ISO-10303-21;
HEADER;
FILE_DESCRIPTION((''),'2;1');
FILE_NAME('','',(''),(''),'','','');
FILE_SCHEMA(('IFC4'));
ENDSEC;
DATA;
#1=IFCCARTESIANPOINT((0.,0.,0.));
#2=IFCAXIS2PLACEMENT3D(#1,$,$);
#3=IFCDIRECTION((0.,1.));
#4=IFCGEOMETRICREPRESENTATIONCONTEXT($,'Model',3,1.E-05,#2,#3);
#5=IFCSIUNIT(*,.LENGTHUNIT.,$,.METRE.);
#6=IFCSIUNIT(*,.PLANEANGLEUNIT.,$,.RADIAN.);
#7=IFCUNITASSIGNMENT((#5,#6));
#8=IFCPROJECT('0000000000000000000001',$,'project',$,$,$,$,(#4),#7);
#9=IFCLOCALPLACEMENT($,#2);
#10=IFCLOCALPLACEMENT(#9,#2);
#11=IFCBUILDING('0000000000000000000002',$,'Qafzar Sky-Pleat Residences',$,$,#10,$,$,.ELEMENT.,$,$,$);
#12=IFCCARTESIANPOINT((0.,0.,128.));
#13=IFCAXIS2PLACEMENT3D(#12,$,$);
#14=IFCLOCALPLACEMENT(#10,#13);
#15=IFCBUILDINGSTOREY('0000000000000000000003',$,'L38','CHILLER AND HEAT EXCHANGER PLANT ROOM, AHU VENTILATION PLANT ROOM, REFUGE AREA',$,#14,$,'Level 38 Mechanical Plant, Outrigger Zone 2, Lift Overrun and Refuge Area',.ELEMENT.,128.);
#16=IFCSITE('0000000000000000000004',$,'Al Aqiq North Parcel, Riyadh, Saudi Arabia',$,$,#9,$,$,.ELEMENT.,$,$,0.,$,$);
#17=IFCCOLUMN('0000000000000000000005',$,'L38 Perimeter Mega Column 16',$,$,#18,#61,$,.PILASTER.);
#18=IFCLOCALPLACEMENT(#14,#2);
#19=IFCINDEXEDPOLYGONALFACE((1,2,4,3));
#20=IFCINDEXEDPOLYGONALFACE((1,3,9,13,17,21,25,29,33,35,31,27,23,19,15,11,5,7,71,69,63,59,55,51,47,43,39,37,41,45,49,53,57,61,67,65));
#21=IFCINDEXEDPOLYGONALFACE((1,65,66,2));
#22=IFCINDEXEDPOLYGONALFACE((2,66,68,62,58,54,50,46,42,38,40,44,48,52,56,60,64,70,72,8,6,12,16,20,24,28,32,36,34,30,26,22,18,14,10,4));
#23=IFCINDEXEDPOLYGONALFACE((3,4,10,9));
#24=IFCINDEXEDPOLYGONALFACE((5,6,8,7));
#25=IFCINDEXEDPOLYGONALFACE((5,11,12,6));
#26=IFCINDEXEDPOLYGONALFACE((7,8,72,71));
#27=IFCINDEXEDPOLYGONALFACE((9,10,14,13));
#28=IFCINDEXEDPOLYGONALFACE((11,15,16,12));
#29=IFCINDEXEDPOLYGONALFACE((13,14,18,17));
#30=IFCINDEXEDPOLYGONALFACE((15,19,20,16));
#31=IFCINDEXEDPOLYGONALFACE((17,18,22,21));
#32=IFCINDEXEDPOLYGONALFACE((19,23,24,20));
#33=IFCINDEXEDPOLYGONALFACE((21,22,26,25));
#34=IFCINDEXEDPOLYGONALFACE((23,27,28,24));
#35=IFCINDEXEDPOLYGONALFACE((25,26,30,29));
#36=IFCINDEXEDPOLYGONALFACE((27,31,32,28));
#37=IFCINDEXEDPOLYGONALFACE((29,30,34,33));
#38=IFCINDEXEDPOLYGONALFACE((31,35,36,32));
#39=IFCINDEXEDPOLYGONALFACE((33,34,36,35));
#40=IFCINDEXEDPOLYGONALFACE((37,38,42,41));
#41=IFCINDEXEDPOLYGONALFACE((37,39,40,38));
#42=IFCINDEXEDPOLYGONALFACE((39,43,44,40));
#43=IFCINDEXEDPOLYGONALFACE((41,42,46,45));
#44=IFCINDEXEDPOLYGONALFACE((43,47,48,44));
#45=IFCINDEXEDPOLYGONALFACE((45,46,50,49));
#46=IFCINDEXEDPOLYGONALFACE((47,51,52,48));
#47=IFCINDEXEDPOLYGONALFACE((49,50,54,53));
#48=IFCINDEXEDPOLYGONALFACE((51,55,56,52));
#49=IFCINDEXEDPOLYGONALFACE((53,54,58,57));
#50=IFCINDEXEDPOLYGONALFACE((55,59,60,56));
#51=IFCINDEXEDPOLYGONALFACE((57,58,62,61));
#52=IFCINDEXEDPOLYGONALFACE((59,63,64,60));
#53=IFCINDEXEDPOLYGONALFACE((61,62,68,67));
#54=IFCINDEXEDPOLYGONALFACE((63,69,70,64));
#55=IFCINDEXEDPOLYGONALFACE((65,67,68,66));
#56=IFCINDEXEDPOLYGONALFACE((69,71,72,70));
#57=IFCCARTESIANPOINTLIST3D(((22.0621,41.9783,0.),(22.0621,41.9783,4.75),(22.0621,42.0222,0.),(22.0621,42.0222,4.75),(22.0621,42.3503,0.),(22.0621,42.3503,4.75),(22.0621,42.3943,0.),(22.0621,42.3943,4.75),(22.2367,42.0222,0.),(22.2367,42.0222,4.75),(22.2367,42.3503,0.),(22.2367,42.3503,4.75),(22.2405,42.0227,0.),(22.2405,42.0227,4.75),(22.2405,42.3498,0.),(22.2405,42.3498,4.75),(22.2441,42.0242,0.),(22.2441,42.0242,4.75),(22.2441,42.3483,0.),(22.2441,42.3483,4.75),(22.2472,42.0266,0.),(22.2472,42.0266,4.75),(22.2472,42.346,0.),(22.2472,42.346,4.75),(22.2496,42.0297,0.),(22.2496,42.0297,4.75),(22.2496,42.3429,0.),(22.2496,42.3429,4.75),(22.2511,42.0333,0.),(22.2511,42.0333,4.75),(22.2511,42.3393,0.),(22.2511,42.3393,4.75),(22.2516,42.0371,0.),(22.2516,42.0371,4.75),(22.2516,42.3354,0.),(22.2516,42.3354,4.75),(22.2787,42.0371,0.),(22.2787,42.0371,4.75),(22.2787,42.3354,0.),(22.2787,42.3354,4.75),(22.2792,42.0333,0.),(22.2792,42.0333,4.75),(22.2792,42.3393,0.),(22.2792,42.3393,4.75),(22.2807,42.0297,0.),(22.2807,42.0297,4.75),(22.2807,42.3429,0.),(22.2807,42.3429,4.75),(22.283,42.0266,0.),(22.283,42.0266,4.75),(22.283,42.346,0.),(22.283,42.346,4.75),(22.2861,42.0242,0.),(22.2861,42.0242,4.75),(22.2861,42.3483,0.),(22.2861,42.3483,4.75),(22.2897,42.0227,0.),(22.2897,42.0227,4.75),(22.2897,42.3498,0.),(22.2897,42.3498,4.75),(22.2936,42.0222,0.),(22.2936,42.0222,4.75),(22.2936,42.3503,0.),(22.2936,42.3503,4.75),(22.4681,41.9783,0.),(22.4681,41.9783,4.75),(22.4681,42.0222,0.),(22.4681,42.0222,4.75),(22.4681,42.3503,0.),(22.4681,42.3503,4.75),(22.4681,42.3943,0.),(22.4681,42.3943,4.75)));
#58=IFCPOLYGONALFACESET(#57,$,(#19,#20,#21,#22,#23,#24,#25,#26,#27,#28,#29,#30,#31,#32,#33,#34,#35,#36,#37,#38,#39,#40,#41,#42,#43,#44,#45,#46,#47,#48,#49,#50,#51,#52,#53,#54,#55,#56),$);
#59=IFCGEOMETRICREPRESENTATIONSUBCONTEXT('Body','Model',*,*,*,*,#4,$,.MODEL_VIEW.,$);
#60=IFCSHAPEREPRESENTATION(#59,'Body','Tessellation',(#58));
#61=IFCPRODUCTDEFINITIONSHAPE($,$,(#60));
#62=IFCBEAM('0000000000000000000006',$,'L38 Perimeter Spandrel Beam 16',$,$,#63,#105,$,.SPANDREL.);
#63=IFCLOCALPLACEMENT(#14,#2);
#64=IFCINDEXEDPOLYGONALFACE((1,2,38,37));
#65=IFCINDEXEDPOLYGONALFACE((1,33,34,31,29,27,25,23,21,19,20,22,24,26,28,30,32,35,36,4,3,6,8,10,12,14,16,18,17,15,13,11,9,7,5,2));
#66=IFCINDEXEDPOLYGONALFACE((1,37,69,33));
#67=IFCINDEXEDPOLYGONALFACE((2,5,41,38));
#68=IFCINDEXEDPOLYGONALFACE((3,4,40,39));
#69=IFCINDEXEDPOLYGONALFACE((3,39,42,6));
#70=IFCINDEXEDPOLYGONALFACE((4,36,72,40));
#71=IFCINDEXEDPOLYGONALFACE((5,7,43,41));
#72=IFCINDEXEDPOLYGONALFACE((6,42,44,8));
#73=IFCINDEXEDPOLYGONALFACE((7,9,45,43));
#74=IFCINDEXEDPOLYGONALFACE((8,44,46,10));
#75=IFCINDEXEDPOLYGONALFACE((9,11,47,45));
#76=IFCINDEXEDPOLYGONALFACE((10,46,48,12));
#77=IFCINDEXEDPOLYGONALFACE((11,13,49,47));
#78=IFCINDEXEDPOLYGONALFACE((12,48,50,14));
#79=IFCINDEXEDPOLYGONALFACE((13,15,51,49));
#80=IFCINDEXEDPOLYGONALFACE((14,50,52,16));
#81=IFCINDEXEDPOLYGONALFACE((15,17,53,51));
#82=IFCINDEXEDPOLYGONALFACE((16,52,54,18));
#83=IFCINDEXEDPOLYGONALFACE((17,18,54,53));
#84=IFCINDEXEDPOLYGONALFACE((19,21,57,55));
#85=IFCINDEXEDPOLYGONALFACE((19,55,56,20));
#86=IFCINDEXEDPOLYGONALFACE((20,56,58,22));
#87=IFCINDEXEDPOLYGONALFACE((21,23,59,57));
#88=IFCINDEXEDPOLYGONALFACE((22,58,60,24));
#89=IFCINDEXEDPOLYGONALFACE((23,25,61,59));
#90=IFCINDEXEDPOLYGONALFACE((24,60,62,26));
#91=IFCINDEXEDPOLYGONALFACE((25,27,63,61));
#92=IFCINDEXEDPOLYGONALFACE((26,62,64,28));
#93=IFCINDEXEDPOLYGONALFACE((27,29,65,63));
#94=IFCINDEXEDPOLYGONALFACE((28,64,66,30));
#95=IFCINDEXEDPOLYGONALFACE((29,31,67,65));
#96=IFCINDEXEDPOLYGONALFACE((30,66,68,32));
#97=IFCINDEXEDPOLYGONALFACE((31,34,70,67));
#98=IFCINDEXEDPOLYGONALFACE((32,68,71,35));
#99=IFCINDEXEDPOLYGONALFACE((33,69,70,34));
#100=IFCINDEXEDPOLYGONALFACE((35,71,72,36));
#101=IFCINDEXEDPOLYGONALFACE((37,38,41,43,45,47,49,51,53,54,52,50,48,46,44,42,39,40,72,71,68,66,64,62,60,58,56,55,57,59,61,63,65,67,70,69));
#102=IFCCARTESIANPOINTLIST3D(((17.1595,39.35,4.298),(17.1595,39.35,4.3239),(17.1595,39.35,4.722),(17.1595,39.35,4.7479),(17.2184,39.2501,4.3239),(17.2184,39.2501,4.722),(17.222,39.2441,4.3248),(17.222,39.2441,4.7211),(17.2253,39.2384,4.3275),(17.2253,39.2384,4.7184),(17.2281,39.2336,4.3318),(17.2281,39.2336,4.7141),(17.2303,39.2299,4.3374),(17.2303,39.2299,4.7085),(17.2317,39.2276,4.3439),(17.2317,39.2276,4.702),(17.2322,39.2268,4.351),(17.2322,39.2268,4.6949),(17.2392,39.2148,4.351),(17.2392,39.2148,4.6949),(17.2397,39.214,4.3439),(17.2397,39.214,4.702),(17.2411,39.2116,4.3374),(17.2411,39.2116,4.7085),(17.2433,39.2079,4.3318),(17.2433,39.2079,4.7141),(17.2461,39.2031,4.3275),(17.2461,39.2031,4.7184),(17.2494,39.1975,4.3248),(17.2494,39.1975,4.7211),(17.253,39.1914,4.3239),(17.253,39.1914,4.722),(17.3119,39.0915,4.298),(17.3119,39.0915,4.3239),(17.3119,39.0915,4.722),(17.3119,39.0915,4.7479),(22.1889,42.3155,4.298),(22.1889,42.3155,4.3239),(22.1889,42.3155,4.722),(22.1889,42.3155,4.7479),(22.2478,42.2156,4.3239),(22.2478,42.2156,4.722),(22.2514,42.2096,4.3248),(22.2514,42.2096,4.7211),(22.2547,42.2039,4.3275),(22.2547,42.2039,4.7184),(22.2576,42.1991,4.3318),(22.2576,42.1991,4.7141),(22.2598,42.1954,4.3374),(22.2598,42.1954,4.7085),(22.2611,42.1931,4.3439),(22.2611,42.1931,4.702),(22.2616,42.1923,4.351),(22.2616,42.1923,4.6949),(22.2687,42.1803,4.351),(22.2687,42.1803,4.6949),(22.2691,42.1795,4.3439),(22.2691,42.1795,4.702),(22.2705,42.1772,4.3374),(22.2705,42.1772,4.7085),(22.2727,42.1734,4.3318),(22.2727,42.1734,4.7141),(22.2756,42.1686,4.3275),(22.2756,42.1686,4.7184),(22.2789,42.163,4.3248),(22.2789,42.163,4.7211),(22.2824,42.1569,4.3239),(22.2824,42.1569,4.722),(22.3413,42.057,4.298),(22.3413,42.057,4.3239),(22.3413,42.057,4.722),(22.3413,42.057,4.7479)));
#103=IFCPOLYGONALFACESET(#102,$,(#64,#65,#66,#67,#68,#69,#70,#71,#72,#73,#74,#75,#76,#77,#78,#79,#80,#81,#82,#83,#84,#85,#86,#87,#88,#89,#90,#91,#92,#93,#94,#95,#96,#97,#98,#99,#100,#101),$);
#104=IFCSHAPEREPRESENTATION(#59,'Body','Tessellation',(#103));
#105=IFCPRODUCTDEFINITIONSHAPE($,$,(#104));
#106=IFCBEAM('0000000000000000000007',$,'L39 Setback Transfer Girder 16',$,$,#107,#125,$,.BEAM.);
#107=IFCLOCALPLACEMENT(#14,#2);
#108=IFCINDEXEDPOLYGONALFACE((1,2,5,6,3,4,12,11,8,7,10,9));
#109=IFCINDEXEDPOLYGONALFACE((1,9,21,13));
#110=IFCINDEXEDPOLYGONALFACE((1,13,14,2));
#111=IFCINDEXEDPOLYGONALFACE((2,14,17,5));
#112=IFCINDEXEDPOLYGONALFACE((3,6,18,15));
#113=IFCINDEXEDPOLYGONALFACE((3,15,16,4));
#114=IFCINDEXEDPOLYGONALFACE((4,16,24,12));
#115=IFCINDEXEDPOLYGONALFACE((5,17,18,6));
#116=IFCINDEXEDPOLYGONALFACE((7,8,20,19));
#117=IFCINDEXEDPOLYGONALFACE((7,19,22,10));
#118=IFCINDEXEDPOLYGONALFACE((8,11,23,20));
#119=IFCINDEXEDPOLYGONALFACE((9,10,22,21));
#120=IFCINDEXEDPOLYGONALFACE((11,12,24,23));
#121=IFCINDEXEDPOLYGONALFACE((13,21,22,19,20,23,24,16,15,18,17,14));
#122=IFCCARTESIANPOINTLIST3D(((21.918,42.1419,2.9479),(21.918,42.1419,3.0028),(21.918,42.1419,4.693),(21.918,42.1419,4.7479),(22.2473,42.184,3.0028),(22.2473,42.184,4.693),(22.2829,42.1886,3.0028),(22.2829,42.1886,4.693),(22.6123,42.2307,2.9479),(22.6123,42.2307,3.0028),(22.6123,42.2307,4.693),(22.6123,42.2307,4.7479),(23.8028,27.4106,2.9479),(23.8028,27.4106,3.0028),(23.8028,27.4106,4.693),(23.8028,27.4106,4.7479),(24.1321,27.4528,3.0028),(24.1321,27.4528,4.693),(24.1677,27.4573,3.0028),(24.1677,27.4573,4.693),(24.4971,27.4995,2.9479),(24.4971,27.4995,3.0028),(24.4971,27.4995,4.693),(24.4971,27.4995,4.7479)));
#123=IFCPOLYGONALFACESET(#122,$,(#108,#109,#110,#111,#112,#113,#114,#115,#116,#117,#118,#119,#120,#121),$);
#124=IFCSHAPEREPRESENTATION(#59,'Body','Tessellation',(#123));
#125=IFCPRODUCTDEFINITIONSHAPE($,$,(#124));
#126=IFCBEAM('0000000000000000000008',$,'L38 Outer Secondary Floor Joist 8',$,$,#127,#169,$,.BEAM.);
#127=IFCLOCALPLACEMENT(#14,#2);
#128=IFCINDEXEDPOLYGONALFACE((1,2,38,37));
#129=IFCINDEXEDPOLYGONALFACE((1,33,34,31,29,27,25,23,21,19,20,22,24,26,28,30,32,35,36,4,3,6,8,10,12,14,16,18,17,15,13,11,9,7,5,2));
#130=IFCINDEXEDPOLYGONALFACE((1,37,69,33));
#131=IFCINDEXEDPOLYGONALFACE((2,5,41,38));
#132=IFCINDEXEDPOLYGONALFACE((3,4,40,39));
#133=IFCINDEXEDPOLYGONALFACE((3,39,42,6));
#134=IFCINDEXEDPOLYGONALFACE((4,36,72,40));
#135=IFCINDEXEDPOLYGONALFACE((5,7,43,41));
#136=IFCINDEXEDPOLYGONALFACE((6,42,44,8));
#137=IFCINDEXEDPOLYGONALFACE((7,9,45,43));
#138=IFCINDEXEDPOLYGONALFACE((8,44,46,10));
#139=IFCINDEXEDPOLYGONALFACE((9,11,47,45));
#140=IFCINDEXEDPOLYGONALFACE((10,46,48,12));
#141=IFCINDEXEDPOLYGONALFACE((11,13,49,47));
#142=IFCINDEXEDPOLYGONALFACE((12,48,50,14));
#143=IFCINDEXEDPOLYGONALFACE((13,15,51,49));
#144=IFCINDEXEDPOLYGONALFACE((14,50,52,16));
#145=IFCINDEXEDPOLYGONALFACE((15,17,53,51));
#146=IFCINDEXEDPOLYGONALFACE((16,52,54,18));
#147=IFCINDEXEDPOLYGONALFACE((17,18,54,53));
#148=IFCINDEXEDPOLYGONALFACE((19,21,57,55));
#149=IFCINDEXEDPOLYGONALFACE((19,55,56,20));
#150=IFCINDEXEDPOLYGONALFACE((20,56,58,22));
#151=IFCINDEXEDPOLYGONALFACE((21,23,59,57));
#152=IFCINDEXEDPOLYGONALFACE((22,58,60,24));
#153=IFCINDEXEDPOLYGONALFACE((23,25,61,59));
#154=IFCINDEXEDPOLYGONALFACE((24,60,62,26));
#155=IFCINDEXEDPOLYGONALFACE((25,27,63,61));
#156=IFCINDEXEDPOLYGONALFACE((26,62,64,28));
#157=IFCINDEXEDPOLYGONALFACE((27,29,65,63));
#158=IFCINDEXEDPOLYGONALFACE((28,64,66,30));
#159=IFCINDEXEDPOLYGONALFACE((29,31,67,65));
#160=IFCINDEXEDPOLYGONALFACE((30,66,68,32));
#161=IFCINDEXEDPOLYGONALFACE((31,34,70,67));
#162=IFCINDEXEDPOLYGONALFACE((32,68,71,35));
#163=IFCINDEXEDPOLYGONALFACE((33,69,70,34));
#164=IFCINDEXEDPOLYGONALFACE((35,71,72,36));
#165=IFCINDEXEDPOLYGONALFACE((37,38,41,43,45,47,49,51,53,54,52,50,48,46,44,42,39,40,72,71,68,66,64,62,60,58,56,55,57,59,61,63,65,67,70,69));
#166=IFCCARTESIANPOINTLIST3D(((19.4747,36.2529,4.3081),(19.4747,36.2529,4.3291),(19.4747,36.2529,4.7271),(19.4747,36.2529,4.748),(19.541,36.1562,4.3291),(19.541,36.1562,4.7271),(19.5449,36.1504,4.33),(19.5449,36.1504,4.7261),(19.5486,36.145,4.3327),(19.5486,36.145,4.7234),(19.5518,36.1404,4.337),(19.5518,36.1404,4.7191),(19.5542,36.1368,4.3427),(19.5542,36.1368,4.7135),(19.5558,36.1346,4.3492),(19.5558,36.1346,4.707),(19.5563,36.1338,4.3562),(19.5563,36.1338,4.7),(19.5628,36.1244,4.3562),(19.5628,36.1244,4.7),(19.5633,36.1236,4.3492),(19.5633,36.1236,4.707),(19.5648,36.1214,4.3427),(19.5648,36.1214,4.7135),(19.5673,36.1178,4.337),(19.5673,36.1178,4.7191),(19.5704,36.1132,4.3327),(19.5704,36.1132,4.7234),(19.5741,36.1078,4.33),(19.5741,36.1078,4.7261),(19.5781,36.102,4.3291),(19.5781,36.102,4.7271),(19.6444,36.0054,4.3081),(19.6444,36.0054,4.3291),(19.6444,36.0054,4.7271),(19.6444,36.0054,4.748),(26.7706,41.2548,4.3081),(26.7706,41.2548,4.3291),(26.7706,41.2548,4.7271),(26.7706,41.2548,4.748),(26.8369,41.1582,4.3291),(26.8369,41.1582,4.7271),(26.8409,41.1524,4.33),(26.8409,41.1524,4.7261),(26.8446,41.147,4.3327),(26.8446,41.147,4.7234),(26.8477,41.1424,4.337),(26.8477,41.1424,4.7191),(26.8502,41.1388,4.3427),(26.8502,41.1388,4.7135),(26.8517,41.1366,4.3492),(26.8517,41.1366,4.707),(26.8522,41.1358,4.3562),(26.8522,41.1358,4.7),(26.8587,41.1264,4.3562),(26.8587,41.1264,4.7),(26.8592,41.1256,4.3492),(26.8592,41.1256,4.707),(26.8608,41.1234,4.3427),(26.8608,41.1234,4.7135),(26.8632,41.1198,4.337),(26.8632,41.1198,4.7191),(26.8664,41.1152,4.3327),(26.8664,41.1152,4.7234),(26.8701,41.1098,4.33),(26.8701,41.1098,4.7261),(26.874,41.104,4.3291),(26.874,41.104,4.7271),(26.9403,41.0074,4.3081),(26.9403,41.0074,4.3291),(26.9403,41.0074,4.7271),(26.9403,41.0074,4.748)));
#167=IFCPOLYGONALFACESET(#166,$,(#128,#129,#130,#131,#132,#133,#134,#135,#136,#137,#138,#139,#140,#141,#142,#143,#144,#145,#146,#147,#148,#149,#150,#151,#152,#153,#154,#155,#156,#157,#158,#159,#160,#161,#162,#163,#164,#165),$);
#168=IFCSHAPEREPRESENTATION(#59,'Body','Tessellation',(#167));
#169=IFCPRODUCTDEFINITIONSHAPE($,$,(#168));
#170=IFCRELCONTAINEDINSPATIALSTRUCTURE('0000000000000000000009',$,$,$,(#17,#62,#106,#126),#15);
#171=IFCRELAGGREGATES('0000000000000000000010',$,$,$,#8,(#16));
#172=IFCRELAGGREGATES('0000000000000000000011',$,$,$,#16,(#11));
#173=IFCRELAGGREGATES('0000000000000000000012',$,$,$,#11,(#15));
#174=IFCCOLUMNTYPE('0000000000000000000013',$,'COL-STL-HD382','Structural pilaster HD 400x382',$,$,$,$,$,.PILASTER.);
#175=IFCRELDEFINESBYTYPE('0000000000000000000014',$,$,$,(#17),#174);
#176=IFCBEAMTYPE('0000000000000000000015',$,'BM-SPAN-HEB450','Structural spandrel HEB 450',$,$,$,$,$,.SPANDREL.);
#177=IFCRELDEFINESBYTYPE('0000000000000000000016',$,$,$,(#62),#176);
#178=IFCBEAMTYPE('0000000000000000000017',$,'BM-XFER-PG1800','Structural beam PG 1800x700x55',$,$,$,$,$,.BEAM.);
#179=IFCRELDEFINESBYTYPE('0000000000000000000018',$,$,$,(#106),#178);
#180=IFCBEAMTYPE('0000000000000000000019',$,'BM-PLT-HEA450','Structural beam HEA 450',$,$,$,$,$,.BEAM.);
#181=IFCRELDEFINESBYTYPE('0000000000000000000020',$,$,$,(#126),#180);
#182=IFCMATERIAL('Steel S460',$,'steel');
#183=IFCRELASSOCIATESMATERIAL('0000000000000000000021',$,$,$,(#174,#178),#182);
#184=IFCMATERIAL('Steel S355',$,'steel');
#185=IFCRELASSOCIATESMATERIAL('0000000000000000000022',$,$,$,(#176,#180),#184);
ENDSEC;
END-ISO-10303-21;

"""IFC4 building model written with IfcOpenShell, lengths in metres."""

from ifc_helpers import new_model, si_unit, direction, frame, origin, origin_2d, place, context, subcontext, project, spatial, i_section, extrude, source, transform, mapped, material, material_profile, profile_set, type_object, element, save


model = new_model("IFC4")

# Units and contexts
model_context = context("Model", 3, precision=1e-05, world=origin(), true_north=direction((0.0, 1.0)))
body_context = subcontext(model_context, "Body", "Model", "MODEL_VIEW")
ifc_project = project(units=[si_unit("LENGTHUNIT", "METRE"), si_unit("PLANEANGLEUNIT", "RADIAN")], contexts=[model_context])

# Site, building, storey
site_placement = place(None, origin())
site = spatial("IfcSite", under=ifc_project, at=site_placement, Name="Al Aqiq North Parcel, Riyadh, Saudi Arabia", CompositionType="ELEMENT", RefElevation=0.0)
building_placement = place(site_placement, origin())
building = spatial("IfcBuilding", under=site, at=building_placement, Name="Qafzar Sky-Pleat Residences", CompositionType="ELEMENT")
storey_placement = place(building_placement, frame((0.0, 0.0, 128.0)))
storey = spatial("IfcBuildingStorey", under=building, at=storey_placement, Name="L38", Description="CHILLER AND HEAT EXCHANGER PLANT ROOM, AHU VENTILATION PLANT ROOM, REFUGE AREA", LongName="Level 38 Mechanical Plant, Outrigger Zone 2, Lift Overrun and Refuge Area", CompositionType="ELEMENT", Elevation=128.0)

# Column
ifc_material_1 = material(Name="Steel S460", Category="steel")
ifc_material_profile_1 = material_profile(ifc_material_1, i_section(OverallWidth=0.406, OverallDepth=0.416, WebThickness=0.0271, FlangeThickness=0.0439, FilletRadius=0.0149, at=origin_2d()), Name="HD 400x382")
ifc_profile_set_1 = profile_set([ifc_material_profile_1], Name="Steel S460")
column_type = type_object("IfcColumnType", Name="COL-STL-HD382", Description="Structural pilaster HD 400x382", PredefinedType="PILASTER", material=ifc_profile_set_1)
shared_shape_1 = source(origin(), body_context, "Body", "SweptSolid", [
    extrude(i_section(OverallWidth=0.406, OverallDepth=0.416, WebThickness=0.0271, FlangeThickness=0.0439, FilletRadius=0.0149, at=origin_2d()), origin(), (0.0, 0.0, 1.0), 4.75),
])
column_placement = place(storey_placement, frame((22.2651, 42.1863, 0.0), z_axis=(0.0, 0.0, 1.0), x_axis=(1.0, 0.0, 0.0)))
element("IfcColumn", 1, at=column_placement, inside=storey, type_object=column_type, Name="L38 Perimeter Mega Column 16", PredefinedType="PILASTER", context=body_context, shape_type="MappedRepresentation", body=[
    mapped(shared_shape_1, transform((0.0, 0.0, 0.0), x_axis=(1.0, 0.0, 0.0), y_axis=(0.0, 1.0, 0.0), z_axis=(0.0, 0.0, 1.0), scale=1.0)),
])

# Beams
ifc_material_2 = material(Name="Steel S355", Category="steel")
ifc_material_profile_2 = material_profile(ifc_material_2, i_section(OverallWidth=0.3, OverallDepth=0.45, WebThickness=0.0139, FlangeThickness=0.0259, FilletRadius=0.0271, at=origin_2d()), Name="HEB 450")
ifc_profile_set_2 = profile_set([ifc_material_profile_2], Name="Steel S355")
beam_type_1 = type_object("IfcBeamType", Name="BM-SPAN-HEB450", Description="Structural spandrel HEB 450", PredefinedType="SPANDREL", material=ifc_profile_set_2)
shared_shape_2 = source(origin(), body_context, "Body", "SweptSolid", [
    extrude(i_section(OverallWidth=0.3, OverallDepth=0.45, WebThickness=0.0139, FlangeThickness=0.0259, FilletRadius=0.0271, at=origin_2d()), origin(), (0.0, 0.0, 1.0), 5.8386),
])
beam_1_placement = place(storey_placement, frame((22.2651, 42.1863, 4.5229), z_axis=(-0.861408, -0.507913, 0.0), x_axis=(0.507913, -0.861408, 0.0)))
element("IfcBeam", 2, at=beam_1_placement, inside=storey, type_object=beam_type_1, Name="L38 Perimeter Spandrel Beam 16", PredefinedType="SPANDREL", context=body_context, shape_type="MappedRepresentation", body=[
    mapped(shared_shape_2, transform((0.0, 0.0, 0.0), x_axis=(1.0, 0.0, 0.0), y_axis=(0.0, 1.0, 0.0), z_axis=(0.0, 0.0, 1.0), scale=1.0)),
])
ifc_material_profile_3 = material_profile(ifc_material_1, i_section(OverallWidth=0.7, OverallDepth=1.8, WebThickness=0.0359, FlangeThickness=0.0549, at=origin_2d()), Name="PG 1800x700x55")
ifc_profile_set_3 = profile_set([ifc_material_profile_3], Name="Steel S460")
beam_type_2 = type_object("IfcBeamType", Name="BM-XFER-PG1800", Description="Structural beam PG 1800x700x55", PredefinedType="BEAM", material=ifc_profile_set_3)
shared_shape_3 = source(origin(), body_context, "Body", "SweptSolid", [
    extrude(i_section(OverallWidth=0.7, OverallDepth=1.8, WebThickness=0.0359, FlangeThickness=0.0549, at=origin_2d()), origin(), (0.0, 0.0, 1.0), 14.8513),
])
beam_2_placement = place(storey_placement, frame((22.2651, 42.1863, 3.8479), z_axis=(0.126909, -0.991914, 0.0), x_axis=(0.991914, 0.126909, 0.0)))
element("IfcBeam", 3, at=beam_2_placement, inside=storey, type_object=beam_type_2, Name="L39 Setback Transfer Girder 16", PredefinedType="BEAM", context=body_context, shape_type="MappedRepresentation", body=[
    mapped(shared_shape_3, transform((0.0, 0.0, 0.0), x_axis=(1.0, 0.0, 0.0), y_axis=(0.0, 1.0, 0.0), z_axis=(0.0, 0.0, 1.0), scale=1.0)),
])
ifc_material_profile_4 = material_profile(ifc_material_2, i_section(OverallWidth=0.3, OverallDepth=0.4399, WebThickness=0.0115, FlangeThickness=0.021, FilletRadius=0.0271, at=origin_2d()), Name="HEA 450")
ifc_profile_set_4 = profile_set([ifc_material_profile_4], Name="Steel S355")
beam_type_3 = type_object("IfcBeamType", Name="BM-PLT-HEA450", Description="Structural beam HEA 450", PredefinedType="BEAM", material=ifc_profile_set_4)
shared_shape_4 = source(origin(), body_context, "Body", "SweptSolid", [
    extrude(i_section(OverallWidth=0.3, OverallDepth=0.4399, WebThickness=0.0115, FlangeThickness=0.021, FilletRadius=0.0271, at=origin_2d()), origin(), (0.0, 0.0, 1.0), 8.8459),
])
beam_3_placement = place(storey_placement, frame((26.8555, 41.1311, 4.5281), z_axis=(-0.824779, -0.565455, 0.0), x_axis=(0.565455, -0.824779, 0.0)))
element("IfcBeam", 4, at=beam_3_placement, inside=storey, type_object=beam_type_3, Name="L38 Outer Secondary Floor Joist 8", PredefinedType="BEAM", context=body_context, shape_type="MappedRepresentation", body=[
    mapped(shared_shape_4, transform((0.0, 0.0, 0.0), x_axis=(1.0, 0.0, 0.0), y_axis=(0.0, 1.0, 0.0), z_axis=(0.0, 0.0, 1.0), scale=1.0)),
])

save(model, "model.ifc")
